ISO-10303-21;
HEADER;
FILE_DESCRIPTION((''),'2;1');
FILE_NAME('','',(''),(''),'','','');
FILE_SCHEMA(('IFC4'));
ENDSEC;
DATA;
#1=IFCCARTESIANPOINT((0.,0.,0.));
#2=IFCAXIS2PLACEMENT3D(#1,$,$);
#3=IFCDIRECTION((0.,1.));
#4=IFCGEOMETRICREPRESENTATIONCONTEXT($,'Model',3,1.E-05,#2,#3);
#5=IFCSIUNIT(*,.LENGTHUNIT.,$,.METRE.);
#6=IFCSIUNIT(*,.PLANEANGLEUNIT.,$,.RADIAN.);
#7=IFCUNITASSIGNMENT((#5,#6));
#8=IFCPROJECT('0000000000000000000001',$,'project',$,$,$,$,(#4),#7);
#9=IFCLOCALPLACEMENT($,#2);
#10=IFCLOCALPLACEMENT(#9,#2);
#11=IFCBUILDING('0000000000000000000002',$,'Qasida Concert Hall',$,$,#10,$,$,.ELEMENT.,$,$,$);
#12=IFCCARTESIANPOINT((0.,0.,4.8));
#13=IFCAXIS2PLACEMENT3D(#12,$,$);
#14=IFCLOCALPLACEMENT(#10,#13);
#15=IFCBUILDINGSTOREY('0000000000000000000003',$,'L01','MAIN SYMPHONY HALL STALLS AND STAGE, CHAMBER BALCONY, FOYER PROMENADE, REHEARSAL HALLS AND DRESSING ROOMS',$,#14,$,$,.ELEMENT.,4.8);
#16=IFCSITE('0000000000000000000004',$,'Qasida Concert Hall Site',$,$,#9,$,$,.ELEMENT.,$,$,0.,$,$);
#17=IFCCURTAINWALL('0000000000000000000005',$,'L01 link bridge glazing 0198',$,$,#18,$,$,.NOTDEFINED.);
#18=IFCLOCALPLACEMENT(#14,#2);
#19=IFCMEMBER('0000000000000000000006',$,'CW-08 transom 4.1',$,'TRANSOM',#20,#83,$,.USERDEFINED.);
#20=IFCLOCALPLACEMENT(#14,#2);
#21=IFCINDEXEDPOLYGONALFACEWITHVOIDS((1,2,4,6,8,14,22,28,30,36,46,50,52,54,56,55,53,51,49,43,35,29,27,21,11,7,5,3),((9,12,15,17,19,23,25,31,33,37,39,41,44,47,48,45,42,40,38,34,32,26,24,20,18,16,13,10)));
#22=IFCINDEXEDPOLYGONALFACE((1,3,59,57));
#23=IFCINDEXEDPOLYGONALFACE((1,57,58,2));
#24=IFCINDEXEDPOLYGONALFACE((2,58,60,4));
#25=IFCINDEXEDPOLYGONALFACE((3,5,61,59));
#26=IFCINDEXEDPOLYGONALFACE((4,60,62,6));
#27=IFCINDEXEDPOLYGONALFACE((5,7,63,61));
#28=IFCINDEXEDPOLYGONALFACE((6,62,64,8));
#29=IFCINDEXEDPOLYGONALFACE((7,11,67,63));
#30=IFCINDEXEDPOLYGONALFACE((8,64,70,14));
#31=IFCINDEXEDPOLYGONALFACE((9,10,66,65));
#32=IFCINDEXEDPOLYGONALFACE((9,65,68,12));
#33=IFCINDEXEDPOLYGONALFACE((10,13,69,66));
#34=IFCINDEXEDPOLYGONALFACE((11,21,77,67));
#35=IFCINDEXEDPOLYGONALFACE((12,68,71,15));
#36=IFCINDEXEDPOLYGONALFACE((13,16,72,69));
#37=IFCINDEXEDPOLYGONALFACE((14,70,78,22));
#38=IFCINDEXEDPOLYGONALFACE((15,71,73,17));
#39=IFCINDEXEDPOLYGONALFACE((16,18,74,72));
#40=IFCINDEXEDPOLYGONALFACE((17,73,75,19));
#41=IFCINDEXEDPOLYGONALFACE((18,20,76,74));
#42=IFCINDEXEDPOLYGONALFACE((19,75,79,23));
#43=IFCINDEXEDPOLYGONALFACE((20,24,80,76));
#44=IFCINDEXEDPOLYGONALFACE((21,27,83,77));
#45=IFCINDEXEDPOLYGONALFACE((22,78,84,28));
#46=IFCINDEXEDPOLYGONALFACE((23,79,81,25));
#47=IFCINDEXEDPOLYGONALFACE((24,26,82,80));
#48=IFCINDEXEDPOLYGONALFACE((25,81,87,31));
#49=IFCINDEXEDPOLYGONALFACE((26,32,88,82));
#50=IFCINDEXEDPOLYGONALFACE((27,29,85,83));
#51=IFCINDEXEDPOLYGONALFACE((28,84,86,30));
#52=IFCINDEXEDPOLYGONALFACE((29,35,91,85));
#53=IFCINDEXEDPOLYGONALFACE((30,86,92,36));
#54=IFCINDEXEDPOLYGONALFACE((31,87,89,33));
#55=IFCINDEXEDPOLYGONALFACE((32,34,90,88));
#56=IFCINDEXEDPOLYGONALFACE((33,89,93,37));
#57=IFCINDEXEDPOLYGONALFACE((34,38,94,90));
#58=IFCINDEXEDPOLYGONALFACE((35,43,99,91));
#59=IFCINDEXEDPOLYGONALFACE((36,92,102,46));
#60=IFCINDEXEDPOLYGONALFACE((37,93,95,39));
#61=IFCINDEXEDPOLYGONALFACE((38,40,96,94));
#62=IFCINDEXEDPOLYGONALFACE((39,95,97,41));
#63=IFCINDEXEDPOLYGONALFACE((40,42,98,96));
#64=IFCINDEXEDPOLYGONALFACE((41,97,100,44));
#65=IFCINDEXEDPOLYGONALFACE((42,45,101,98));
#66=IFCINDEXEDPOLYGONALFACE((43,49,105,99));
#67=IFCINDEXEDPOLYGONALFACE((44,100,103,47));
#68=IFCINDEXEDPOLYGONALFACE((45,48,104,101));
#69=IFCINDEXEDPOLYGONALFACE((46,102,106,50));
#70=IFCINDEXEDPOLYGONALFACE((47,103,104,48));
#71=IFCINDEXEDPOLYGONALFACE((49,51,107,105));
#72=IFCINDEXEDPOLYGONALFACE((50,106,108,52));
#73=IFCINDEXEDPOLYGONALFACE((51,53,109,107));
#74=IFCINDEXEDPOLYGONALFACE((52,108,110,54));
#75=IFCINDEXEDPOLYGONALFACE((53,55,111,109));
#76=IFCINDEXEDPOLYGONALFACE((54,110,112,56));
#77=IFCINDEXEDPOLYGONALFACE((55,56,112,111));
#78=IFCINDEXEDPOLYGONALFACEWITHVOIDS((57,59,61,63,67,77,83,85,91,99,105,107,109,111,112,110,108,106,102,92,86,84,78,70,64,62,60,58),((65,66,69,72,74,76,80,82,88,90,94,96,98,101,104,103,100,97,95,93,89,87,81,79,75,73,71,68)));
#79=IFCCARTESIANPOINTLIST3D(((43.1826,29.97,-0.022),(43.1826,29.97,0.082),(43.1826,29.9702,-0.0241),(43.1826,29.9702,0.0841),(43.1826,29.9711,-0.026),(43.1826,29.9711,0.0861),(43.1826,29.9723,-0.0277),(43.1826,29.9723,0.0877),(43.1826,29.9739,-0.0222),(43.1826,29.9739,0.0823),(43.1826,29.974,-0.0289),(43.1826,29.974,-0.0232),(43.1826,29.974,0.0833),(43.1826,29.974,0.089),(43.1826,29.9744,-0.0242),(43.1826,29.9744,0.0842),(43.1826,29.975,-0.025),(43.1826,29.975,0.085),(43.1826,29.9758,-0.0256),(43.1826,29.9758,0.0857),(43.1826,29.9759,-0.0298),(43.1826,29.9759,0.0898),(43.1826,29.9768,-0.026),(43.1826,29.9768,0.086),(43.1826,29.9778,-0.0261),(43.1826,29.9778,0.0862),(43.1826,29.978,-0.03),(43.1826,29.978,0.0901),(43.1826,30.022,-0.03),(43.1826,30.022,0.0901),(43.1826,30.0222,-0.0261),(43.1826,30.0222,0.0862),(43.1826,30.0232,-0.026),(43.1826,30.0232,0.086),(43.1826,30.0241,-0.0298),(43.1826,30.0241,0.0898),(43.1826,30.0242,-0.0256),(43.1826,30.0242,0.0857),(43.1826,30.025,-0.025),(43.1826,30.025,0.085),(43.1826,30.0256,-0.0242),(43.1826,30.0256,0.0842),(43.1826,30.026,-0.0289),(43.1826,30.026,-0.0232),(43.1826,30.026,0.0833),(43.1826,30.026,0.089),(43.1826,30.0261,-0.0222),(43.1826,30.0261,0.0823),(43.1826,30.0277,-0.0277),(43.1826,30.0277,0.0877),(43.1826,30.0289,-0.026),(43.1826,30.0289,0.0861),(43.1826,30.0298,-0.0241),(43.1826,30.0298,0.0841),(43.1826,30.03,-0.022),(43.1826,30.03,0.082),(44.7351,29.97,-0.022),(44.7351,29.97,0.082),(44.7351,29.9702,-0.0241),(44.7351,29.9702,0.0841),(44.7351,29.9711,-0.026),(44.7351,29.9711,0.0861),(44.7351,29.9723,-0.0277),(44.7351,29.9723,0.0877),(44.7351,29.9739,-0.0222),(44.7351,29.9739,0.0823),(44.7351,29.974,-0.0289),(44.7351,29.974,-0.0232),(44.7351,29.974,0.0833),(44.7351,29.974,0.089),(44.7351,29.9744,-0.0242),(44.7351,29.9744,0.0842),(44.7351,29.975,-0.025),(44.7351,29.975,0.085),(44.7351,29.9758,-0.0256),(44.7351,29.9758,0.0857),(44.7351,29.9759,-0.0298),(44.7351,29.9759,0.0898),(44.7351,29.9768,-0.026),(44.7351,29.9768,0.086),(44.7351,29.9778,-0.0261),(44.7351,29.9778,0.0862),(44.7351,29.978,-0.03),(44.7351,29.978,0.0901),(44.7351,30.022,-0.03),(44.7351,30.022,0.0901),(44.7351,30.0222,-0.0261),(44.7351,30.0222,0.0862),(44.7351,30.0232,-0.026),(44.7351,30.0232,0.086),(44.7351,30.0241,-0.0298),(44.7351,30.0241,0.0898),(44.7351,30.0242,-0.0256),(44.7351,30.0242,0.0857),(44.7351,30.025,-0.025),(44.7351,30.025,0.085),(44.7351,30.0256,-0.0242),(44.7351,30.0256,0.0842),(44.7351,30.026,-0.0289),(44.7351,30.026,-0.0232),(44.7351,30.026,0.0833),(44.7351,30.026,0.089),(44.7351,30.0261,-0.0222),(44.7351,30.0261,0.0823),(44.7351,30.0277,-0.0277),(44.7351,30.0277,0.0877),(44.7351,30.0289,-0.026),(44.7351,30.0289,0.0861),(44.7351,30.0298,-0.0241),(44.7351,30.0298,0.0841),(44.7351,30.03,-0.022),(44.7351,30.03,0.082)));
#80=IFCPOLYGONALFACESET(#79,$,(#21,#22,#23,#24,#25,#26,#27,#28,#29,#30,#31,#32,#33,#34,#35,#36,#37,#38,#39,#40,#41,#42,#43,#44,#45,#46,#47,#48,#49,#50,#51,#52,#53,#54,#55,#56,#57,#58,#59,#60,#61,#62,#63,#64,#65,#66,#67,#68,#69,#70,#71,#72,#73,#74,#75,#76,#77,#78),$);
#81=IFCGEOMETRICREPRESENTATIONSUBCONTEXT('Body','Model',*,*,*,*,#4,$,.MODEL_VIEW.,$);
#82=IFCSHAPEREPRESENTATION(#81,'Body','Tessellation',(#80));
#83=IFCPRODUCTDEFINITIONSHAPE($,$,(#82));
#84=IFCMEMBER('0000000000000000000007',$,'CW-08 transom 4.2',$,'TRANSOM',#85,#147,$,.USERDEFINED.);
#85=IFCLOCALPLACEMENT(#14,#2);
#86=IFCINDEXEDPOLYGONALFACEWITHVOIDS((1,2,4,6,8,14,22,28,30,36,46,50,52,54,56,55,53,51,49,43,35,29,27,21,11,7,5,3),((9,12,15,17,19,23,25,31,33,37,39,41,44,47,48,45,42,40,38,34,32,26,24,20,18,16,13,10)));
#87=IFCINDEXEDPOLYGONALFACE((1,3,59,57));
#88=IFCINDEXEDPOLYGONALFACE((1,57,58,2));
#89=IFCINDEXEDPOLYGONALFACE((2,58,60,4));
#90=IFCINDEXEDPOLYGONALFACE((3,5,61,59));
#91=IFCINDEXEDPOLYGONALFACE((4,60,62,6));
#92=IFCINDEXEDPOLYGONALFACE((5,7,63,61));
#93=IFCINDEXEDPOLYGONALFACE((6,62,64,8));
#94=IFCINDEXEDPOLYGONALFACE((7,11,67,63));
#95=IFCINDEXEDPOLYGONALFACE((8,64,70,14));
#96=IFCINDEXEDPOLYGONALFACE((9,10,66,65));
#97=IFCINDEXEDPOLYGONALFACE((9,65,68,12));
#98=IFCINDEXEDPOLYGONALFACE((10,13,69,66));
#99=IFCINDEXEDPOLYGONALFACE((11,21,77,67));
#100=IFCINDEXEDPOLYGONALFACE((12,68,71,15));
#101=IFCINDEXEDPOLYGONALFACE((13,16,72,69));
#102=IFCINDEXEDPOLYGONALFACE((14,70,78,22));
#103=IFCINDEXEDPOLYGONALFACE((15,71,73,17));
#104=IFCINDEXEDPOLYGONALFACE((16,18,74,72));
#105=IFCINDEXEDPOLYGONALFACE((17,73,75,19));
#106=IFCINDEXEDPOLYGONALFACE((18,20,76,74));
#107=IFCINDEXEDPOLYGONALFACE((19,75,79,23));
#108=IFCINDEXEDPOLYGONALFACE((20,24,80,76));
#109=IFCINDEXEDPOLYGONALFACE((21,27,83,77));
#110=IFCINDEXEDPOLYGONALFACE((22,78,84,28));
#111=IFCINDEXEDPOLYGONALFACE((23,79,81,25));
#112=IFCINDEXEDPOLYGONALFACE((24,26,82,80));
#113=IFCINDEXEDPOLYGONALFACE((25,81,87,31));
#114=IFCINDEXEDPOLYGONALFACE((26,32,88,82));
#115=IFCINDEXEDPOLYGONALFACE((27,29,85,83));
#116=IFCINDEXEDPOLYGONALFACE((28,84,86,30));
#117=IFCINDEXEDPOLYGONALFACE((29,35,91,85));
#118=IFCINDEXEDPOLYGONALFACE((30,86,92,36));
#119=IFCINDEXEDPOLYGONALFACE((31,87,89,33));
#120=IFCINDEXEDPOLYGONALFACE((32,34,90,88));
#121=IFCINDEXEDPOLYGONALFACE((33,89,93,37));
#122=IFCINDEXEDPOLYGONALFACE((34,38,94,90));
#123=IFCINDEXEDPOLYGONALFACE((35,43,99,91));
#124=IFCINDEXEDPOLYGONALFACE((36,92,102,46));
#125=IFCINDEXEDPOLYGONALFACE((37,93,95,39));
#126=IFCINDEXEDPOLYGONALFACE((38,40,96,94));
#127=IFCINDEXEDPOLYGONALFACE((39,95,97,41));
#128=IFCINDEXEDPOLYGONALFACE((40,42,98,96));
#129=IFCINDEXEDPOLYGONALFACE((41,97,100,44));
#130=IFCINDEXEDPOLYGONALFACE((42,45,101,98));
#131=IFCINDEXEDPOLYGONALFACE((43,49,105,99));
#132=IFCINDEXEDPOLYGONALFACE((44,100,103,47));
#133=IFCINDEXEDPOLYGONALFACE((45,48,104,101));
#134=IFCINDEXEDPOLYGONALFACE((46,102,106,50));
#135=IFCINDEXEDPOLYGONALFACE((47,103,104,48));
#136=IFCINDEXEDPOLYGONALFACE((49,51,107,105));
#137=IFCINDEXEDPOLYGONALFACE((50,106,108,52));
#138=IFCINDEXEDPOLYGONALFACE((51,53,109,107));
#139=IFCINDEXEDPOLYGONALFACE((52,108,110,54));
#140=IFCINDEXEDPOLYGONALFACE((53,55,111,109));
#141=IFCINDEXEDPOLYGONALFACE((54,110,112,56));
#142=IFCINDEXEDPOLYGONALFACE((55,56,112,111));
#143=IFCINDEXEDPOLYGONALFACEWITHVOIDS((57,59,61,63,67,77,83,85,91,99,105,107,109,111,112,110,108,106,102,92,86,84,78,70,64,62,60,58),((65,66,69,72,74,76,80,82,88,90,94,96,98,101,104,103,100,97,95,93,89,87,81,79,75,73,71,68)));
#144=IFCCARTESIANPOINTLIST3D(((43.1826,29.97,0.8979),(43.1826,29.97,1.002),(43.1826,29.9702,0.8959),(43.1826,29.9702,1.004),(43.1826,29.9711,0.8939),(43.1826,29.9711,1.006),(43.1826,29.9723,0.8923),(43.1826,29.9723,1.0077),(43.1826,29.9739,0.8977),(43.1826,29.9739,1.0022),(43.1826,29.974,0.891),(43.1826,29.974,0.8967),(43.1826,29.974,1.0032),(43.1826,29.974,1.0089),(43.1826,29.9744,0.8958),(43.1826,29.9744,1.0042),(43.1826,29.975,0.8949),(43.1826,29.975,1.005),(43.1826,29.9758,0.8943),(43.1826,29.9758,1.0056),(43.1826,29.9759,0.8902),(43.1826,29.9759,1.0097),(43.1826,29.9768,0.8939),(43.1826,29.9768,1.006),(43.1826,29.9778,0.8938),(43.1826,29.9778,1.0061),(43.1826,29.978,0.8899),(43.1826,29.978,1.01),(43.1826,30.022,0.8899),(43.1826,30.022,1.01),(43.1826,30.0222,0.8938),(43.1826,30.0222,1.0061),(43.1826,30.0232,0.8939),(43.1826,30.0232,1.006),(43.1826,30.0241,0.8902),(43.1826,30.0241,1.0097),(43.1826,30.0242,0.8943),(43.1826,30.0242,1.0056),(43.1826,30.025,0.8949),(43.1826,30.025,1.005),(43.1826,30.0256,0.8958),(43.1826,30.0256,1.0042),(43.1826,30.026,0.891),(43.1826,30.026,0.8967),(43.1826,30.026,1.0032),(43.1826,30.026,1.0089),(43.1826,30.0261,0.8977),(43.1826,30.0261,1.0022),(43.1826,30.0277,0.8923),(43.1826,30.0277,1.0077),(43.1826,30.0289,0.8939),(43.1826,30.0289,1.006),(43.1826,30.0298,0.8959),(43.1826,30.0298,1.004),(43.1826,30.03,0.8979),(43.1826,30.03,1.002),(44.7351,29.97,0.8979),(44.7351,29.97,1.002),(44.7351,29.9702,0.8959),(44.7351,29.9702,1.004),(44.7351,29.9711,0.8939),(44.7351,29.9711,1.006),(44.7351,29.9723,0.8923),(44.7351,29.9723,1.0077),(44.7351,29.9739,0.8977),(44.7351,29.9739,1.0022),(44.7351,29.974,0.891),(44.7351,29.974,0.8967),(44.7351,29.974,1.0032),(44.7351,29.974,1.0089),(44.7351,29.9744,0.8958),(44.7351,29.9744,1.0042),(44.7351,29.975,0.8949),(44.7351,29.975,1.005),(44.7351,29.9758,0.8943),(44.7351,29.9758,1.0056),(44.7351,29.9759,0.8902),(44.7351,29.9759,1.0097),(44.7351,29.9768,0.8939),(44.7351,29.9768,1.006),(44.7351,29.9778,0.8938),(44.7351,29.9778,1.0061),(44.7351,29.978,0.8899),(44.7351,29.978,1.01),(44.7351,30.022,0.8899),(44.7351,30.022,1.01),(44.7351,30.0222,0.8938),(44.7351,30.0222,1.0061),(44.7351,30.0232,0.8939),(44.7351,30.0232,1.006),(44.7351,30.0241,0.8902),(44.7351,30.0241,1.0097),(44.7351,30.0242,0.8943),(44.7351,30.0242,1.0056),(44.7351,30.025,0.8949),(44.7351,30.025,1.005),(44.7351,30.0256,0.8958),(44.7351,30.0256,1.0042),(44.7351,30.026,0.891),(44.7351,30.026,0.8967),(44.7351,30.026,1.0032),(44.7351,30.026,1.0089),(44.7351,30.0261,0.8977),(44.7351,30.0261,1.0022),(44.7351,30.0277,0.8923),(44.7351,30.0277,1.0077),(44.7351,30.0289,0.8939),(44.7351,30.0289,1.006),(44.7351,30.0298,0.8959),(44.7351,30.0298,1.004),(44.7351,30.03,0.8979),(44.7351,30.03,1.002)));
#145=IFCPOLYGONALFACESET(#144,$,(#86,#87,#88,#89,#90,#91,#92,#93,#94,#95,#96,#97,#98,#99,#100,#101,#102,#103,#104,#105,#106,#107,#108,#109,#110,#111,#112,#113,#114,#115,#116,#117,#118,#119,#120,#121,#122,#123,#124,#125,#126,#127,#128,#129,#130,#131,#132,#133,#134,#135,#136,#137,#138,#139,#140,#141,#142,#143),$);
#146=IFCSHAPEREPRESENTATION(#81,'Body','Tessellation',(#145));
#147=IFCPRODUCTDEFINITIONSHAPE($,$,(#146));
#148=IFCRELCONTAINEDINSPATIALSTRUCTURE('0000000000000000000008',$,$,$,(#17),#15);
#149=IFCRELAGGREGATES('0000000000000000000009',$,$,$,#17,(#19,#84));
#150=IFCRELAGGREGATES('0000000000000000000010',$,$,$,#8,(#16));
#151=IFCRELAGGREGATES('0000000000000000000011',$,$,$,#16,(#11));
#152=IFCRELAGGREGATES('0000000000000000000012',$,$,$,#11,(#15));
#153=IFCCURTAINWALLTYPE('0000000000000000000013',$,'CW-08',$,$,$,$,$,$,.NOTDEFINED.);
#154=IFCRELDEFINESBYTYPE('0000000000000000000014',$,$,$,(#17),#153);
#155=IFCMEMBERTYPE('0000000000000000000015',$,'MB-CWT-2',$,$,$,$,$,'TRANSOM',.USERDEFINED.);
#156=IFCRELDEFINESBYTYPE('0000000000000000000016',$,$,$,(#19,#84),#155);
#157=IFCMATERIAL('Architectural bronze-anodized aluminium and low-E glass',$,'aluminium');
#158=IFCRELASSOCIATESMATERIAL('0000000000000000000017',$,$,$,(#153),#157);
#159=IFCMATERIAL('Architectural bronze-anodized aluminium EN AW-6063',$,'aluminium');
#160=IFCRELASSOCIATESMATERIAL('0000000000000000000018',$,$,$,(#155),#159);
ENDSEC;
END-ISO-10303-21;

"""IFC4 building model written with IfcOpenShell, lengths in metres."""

from ifc_helpers import new_model, si_unit, direction, frame, origin, origin_2d, place, context, subcontext, project, spatial, hollow_rectangle, extrude, material, material_profile, profile_set, type_object, element, aggregate, save


model = new_model("IFC4")

# Units and contexts
model_context = context("Model", 3, precision=1e-05, world=origin(), true_north=direction((0.0, 1.0)))
body_context = subcontext(model_context, "Body", "Model", "MODEL_VIEW")
ifc_project = project(units=[si_unit("LENGTHUNIT", "METRE"), si_unit("PLANEANGLEUNIT", "RADIAN")], contexts=[model_context])

# Site, building, storey
site_placement = place(None, origin())
site = spatial("IfcSite", under=ifc_project, at=site_placement, Name="Qasida Concert Hall Site", CompositionType="ELEMENT", RefElevation=0.0)
building_placement = place(site_placement, origin())
building = spatial("IfcBuilding", under=site, at=building_placement, Name="Qasida Concert Hall", CompositionType="ELEMENT")
storey_placement = place(building_placement, frame((0.0, 0.0, 4.8)))
storey = spatial("IfcBuildingStorey", under=building, at=storey_placement, Name="L01", Description="MAIN SYMPHONY HALL STALLS AND STAGE, CHAMBER BALCONY, FOYER PROMENADE, REHEARSAL HALLS AND DRESSING ROOMS", CompositionType="ELEMENT", Elevation=4.8)

# Curtain wall
ifc_material_1 = material(Name="Architectural bronze-anodized aluminium and low-E glass", Category="aluminium")
curtain_wall_type = type_object("IfcCurtainWallType", Name="CW-08", PredefinedType="NOTDEFINED", material=ifc_material_1)
curtain_wall_1_placement = place(storey_placement, origin())
curtain_wall_1 = element("IfcCurtainWall", 1, at=curtain_wall_1_placement, inside=storey, type_object=curtain_wall_type, Name="L01 link bridge glazing 0198", PredefinedType="NOTDEFINED")
ifc_material_2 = material(Name="Architectural bronze-anodized aluminium EN AW-6063", Category="aluminium")

# Members
ifc_material_profile_1 = material_profile(ifc_material_2, hollow_rectangle(XDim=0.0601, YDim=0.1201, WallThickness=0.0039, InnerFilletRadius=0.0039, OuterFilletRadius=0.0081, at=origin_2d()), Name="CWT 120x60x4")
ifc_profile_set_1 = profile_set([ifc_material_profile_1], Name="Architectural bronze-anodized aluminium EN AW-6063")
member_type_1 = type_object("IfcMemberType", Name="MB-CWT-2", ElementType="TRANSOM", PredefinedType="USERDEFINED", material=ifc_profile_set_1)
member_1_placement = place(storey_placement, frame((43.1826, 30.0, 0.03), z_axis=(1.0, 0.0, 0.0), x_axis=(0.0, 1.0, 0.0)))
member_1 = element("IfcMember", 2, at=member_1_placement, type_object=member_type_1, Name="CW-08 transom 4.1", ObjectType="TRANSOM", PredefinedType="USERDEFINED", context=body_context, shape_type="SweptSolid", body=[
    extrude(hollow_rectangle(XDim=0.0601, YDim=0.1201, WallThickness=0.0039, InnerFilletRadius=0.0039, OuterFilletRadius=0.0081, at=origin_2d()), origin(), (0.0, 0.0, 1.0), 1.5525),
])
member_2_placement = place(storey_placement, frame((43.1826, 30.0, 0.95), z_axis=(1.0, 0.0, 0.0), x_axis=(0.0, 1.0, 0.0)))
member_2 = element("IfcMember", 3, at=member_2_placement, type_object=member_type_1, Name="CW-08 transom 4.2", ObjectType="TRANSOM", PredefinedType="USERDEFINED", context=body_context, shape_type="SweptSolid", body=[
    extrude(hollow_rectangle(XDim=0.0601, YDim=0.1201, WallThickness=0.0039, InnerFilletRadius=0.0039, OuterFilletRadius=0.0081, at=origin_2d()), origin(), (0.0, 0.0, 1.0), 1.5525),
])

aggregate(curtain_wall_1, [member_1, member_2])

save(model, "model.ifc")
